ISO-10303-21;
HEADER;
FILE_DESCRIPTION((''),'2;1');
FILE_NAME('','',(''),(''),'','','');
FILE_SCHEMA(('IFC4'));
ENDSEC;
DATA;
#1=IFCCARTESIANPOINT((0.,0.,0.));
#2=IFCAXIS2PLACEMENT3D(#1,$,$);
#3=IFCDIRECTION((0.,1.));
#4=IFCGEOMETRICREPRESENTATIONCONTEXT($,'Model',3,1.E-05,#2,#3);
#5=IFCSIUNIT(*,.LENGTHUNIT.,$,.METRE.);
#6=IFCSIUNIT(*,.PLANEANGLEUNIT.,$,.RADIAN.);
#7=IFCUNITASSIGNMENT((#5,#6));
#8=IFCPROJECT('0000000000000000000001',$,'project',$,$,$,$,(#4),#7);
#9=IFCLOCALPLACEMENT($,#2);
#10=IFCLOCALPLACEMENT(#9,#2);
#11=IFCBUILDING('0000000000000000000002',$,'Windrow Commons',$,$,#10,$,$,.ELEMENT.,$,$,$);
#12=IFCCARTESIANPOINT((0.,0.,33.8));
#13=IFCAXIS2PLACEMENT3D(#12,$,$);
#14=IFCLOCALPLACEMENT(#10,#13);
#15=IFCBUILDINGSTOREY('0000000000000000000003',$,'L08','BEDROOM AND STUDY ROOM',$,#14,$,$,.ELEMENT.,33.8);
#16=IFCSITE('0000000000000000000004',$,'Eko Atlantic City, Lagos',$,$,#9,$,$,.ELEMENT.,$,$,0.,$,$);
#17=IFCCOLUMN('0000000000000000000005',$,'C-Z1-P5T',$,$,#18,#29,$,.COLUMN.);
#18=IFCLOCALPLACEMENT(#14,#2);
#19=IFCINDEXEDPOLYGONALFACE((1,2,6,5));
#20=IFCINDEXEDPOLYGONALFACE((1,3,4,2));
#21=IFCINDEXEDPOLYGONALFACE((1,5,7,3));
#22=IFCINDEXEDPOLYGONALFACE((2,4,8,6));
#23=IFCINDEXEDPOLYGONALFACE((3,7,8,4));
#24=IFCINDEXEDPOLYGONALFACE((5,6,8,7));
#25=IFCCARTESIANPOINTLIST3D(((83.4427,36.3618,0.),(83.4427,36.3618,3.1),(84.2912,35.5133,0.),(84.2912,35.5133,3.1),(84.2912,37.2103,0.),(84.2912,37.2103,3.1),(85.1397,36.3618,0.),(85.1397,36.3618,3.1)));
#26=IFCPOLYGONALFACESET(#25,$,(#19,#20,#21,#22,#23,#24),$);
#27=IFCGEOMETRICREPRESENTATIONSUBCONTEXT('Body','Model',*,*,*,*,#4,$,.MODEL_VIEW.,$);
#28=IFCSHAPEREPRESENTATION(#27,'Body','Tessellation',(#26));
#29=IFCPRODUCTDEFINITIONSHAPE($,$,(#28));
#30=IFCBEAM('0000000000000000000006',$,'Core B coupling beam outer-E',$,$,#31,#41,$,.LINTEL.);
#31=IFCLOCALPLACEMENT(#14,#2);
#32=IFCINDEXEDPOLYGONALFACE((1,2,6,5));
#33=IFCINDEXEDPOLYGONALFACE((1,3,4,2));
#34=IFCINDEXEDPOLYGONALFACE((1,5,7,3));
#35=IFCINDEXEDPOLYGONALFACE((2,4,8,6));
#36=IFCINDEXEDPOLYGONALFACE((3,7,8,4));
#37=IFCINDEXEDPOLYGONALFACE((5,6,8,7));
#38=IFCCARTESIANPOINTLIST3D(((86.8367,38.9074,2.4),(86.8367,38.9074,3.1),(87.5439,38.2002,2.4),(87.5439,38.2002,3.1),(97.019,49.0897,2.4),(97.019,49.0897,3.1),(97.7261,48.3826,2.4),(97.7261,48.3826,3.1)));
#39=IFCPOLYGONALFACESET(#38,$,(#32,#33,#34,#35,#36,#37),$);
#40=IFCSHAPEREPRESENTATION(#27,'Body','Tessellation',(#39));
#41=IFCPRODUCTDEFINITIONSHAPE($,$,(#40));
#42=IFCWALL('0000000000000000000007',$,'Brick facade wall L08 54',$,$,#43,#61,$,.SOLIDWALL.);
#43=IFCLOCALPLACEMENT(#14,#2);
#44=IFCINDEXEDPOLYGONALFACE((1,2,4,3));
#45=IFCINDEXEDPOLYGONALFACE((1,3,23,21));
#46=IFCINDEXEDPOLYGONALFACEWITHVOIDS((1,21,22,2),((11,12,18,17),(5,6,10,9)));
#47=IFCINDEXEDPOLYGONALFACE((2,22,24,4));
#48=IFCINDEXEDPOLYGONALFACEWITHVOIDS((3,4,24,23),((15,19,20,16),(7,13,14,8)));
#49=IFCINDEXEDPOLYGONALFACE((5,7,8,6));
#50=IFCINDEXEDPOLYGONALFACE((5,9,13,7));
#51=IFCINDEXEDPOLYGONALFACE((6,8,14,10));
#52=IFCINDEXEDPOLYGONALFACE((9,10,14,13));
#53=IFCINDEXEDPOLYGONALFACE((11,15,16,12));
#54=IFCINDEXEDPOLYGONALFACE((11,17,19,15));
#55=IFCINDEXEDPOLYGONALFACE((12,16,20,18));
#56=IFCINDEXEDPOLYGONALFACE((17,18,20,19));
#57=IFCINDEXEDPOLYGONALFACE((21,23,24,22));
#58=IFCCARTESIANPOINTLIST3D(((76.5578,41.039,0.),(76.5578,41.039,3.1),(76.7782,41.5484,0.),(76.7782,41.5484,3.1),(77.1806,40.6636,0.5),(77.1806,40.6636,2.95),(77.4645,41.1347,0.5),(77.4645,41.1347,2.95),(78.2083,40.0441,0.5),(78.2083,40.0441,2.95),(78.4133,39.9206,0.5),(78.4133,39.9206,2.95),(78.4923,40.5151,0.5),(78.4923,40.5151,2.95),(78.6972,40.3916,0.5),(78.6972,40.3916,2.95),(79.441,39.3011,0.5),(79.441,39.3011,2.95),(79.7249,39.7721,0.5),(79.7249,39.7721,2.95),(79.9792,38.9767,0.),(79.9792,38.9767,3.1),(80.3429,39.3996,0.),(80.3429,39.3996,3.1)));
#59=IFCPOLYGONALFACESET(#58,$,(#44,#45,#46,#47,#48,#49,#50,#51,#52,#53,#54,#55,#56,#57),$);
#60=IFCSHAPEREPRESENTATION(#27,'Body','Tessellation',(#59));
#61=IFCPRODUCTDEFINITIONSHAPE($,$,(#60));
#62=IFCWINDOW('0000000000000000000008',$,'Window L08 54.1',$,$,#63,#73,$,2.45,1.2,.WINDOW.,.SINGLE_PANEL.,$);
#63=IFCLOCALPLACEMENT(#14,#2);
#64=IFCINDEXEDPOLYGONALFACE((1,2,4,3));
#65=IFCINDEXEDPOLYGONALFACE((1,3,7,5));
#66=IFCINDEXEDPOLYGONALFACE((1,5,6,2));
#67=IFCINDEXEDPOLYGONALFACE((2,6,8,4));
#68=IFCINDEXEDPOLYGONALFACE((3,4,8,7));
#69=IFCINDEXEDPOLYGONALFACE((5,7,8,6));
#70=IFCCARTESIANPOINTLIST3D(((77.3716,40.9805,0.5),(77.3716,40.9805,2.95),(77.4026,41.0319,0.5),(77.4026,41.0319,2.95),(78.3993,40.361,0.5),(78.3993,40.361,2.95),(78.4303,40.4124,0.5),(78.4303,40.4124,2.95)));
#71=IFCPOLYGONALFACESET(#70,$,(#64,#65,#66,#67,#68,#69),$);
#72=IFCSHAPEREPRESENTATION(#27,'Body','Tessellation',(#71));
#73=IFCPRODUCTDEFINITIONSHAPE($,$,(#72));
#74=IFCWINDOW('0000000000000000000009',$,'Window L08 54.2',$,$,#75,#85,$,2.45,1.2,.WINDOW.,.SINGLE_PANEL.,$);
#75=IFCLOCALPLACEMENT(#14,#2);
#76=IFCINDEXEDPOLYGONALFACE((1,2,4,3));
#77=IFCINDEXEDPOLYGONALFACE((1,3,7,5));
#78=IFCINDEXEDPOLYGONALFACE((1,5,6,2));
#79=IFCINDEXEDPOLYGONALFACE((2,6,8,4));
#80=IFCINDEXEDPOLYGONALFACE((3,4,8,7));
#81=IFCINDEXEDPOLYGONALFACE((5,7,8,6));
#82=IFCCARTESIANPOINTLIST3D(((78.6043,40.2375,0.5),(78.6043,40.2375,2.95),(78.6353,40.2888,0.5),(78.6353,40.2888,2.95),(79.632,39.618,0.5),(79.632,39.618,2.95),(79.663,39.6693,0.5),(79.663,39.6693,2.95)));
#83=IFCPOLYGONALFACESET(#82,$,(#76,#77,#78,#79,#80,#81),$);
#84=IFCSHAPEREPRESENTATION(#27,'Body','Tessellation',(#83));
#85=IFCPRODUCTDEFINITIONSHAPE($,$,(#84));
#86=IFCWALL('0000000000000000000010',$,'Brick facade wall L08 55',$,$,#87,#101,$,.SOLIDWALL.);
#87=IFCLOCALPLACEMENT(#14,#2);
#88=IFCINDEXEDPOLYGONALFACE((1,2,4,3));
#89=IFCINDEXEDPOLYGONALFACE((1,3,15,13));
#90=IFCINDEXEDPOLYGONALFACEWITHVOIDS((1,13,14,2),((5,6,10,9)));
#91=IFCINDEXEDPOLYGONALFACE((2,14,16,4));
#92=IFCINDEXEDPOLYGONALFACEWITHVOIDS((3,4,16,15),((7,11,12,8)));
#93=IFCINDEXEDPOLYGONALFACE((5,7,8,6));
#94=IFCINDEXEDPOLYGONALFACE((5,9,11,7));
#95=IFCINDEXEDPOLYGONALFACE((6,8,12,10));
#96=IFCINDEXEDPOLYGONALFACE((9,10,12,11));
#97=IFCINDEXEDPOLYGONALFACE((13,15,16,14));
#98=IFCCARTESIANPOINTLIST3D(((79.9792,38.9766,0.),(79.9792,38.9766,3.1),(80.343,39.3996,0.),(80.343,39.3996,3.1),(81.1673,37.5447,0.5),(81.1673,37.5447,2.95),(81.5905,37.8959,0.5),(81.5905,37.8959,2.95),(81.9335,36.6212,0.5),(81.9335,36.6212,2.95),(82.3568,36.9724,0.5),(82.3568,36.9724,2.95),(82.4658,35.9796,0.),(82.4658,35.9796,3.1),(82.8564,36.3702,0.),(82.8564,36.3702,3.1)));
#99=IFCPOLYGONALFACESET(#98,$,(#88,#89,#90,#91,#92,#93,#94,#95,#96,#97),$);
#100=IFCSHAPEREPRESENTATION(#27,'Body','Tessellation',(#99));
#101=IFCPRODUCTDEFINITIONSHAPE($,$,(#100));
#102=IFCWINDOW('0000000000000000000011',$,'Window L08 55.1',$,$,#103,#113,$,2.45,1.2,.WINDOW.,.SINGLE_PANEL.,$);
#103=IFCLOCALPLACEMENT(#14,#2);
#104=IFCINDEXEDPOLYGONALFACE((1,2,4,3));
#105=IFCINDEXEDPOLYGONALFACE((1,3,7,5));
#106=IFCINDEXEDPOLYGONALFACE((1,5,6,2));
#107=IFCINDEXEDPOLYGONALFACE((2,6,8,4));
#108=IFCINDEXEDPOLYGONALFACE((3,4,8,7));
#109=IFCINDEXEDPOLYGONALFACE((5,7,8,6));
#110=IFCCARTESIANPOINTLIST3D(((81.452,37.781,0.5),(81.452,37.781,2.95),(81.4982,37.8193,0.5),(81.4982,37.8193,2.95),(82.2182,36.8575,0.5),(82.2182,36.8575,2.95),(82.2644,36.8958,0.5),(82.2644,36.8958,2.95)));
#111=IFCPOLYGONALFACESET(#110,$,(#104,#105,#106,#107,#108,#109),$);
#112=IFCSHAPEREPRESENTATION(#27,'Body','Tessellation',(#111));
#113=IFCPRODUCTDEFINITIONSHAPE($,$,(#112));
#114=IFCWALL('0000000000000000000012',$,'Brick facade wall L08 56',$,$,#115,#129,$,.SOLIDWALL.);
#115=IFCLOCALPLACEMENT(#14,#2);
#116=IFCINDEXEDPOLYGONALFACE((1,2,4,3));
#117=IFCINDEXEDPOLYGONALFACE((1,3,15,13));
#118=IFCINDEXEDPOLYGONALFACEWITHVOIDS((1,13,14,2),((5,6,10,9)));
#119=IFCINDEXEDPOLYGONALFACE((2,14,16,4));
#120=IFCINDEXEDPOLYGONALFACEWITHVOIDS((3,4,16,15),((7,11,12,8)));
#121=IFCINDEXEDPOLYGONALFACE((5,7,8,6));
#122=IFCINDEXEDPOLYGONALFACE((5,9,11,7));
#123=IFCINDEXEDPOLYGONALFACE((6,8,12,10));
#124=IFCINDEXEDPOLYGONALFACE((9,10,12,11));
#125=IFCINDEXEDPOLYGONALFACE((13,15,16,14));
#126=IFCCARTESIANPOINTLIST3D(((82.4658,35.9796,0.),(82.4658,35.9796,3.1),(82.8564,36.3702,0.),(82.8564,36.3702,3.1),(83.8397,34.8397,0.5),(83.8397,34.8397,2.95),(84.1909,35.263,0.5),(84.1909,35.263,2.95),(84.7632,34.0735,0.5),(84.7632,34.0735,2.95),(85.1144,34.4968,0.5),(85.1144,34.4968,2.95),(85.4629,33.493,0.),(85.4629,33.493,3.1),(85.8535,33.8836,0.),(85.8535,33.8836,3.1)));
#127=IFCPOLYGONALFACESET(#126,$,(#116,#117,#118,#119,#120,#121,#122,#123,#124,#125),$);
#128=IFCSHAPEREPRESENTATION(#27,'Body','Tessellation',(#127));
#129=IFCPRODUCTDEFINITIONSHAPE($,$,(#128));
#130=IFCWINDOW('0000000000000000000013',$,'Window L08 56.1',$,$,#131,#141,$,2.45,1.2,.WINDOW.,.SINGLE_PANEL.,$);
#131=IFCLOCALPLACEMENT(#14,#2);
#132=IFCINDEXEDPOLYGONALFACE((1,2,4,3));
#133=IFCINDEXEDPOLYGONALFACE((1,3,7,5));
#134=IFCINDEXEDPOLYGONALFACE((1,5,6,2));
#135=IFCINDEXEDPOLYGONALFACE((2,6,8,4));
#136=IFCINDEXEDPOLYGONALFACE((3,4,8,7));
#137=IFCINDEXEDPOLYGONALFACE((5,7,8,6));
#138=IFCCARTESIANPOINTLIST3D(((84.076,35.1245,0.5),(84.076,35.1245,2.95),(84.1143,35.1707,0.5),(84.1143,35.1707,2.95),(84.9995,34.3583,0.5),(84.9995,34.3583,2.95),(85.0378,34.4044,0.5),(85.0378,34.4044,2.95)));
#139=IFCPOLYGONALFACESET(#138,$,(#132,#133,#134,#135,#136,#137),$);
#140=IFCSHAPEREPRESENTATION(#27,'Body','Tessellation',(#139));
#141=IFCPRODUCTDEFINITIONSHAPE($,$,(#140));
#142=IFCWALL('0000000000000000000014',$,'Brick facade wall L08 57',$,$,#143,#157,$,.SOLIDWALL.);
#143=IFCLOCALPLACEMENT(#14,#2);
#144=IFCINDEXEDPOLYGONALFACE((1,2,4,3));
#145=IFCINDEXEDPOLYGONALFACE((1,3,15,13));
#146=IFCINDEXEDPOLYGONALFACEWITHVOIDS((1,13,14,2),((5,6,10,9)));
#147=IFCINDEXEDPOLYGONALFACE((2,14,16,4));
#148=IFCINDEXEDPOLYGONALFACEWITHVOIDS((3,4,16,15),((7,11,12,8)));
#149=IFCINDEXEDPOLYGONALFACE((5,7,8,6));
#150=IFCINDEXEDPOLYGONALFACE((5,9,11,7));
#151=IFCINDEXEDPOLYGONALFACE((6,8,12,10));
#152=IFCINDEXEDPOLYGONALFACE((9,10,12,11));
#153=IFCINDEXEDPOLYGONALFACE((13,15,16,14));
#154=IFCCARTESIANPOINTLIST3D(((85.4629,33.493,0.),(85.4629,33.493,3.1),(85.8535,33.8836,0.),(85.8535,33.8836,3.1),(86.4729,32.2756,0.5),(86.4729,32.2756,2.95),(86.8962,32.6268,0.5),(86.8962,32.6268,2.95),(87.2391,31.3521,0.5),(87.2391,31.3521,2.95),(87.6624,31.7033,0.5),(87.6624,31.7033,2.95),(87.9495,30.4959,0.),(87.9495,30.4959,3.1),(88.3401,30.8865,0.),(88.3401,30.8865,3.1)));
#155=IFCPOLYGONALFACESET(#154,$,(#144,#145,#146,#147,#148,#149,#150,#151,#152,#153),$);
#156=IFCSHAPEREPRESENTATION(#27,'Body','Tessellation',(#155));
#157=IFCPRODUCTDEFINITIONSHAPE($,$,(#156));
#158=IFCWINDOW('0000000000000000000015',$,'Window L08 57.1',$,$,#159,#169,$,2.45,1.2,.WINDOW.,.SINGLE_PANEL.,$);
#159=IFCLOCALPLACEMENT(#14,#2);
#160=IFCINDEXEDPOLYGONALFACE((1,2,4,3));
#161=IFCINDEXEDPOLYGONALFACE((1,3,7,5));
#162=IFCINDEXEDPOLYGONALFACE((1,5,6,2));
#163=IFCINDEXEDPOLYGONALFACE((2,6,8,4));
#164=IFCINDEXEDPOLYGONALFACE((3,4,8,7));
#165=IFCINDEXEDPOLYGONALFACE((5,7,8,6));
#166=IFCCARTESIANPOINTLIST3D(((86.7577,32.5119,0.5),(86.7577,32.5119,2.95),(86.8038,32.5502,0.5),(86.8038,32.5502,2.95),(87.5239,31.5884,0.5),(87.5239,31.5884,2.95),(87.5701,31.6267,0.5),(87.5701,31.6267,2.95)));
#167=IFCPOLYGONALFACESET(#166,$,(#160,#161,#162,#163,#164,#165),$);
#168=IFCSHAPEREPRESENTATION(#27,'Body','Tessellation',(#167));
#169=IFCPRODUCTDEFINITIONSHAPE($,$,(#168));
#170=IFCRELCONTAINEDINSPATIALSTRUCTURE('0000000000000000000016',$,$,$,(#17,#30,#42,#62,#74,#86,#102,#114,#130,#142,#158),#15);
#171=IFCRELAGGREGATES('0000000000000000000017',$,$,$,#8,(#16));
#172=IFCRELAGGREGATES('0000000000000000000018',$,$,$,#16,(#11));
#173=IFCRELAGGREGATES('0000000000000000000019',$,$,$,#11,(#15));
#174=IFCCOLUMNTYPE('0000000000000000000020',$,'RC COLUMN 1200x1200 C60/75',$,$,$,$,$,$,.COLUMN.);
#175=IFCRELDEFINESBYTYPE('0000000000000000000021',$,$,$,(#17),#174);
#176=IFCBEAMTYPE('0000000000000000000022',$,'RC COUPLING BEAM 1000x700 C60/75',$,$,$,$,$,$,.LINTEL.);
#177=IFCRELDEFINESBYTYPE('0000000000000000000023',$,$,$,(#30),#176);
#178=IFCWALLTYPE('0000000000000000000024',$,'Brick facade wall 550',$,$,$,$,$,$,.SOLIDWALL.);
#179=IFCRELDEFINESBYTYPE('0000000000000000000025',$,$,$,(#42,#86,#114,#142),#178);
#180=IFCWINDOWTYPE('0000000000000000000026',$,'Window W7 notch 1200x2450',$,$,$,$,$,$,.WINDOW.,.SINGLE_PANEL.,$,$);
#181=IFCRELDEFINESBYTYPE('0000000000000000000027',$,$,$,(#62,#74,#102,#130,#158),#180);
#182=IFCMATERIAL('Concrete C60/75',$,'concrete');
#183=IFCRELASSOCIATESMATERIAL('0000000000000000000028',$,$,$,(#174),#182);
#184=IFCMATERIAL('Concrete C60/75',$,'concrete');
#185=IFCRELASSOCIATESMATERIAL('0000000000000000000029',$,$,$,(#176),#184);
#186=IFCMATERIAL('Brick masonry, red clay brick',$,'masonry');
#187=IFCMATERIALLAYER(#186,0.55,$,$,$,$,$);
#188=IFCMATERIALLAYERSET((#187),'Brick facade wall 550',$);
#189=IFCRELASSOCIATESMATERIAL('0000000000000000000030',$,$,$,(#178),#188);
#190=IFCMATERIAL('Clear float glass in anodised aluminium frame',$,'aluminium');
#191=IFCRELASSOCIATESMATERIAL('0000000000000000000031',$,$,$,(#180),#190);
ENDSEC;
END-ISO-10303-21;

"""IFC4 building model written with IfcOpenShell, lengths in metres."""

from ifc_helpers import new_model, si_unit, direction, frame, frame_2d, origin, origin_2d, place, context, subcontext, project, spatial, polyline, rectangle, outline, extrude, material, layer, layer_set, material_profile, profile_set, type_object, element, fill, save


model = new_model("IFC4")

# Units and contexts
model_context = context("Model", 3, precision=1e-05, world=origin(), true_north=direction((0.0, 1.0)))
body_context = subcontext(model_context, "Body", "Model", "MODEL_VIEW")
ifc_project = project(units=[si_unit("LENGTHUNIT", "METRE"), si_unit("PLANEANGLEUNIT", "RADIAN")], contexts=[model_context])

# Site, building, storey
site_placement = place(None, origin())
site = spatial("IfcSite", under=ifc_project, at=site_placement, Name="Eko Atlantic City, Lagos", CompositionType="ELEMENT", RefElevation=0.0)
building_placement = place(site_placement, origin())
building = spatial("IfcBuilding", under=site, at=building_placement, Name="Windrow Commons", CompositionType="ELEMENT")
storey_placement = place(building_placement, frame((0.0, 0.0, 33.8)))
storey = spatial("IfcBuildingStorey", under=building, at=storey_placement, Name="L08", Description="BEDROOM AND STUDY ROOM", CompositionType="ELEMENT", Elevation=33.8)

# Column
ifc_material_1 = material(Name="Concrete C60/75", Category="concrete")
ifc_material_profile_1 = material_profile(ifc_material_1, rectangle(XDim=1.2, YDim=1.2, at=origin_2d()))
ifc_profile_set_1 = profile_set([ifc_material_profile_1], Name="Concrete C60/75")
column_type = type_object("IfcColumnType", Name="RC COLUMN 1200x1200 C60/75", PredefinedType="COLUMN", material=ifc_profile_set_1)
column_placement = place(storey_placement, frame((84.2912, 36.3618, 0.0), z_axis=(0.0, 0.0, 1.0), x_axis=(0.707107, -0.707107, 0.0)))
element("IfcColumn", 1, at=column_placement, inside=storey, type_object=column_type, Name="C-Z1-P5T", PredefinedType="COLUMN", context=body_context, shape_type="SweptSolid", body=[
    extrude(rectangle(XDim=1.2, YDim=1.2, at=origin_2d()), origin(), (0.0, 0.0, 1.0), 3.1),
])

# Beam
ifc_material_2 = material(Name="Concrete C60/75", Category="concrete")
ifc_material_profile_2 = material_profile(ifc_material_2, rectangle(XDim=1.0, YDim=0.7, at=origin_2d()))
ifc_profile_set_2 = profile_set([ifc_material_profile_2], Name="Concrete C60/75")
beam_type = type_object("IfcBeamType", Name="RC COUPLING BEAM 1000x700 C60/75", PredefinedType="LINTEL", material=ifc_profile_set_2)
beam_placement = place(storey_placement, frame((87.1903, 38.5538, 2.75), z_axis=(0.707103, 0.70711, 0.0), x_axis=(-0.70711, 0.707103, 0.0)))
element("IfcBeam", 2, at=beam_placement, inside=storey, type_object=beam_type, Name="Core B coupling beam outer-E", PredefinedType="LINTEL", context=body_context, shape_type="SweptSolid", body=[
    extrude(rectangle(XDim=1.0, YDim=0.7, at=origin_2d()), origin(), (0.0, 0.0, 1.0), 14.4),
])

# Wall, openings, windows
ifc_material_3 = material(Name="Brick masonry, red clay brick", Category="masonry")
ifc_layer_1 = layer(ifc_material_3, 0.55)
ifc_layer_set_1 = layer_set([ifc_layer_1], Name="Brick facade wall 550")
wall_type_1 = type_object("IfcWallType", Name="Brick facade wall 550", PredefinedType="SOLIDWALL", material=ifc_layer_set_1)
wall_1_placement = place(storey_placement, frame((76.668, 41.2937, 0.0), z_axis=(0.0, 0.0, 1.0), x_axis=(0.856438, -0.516251, 0.0)))
wall_1 = element("IfcWall", 3, at=wall_1_placement, inside=storey, type_object=wall_type_1, Name="Brick facade wall L08 54", PredefinedType="SOLIDWALL", context=body_context, shape_type="SweptSolid", body=[
    extrude(outline(polyline([(0.0371, -0.275), (4.032, -0.275), (4.1252, 0.275), (-0.0371, 0.275), (0.0371, -0.275)])), origin(), (0.0, 0.0, 1.0), 3.1),
])
opening_1_placement = place(wall_1_placement, frame((0.7643, 0.0, 0.5)))
opening_1 = element("IfcOpeningElement", 4, at=opening_1_placement, cuts=wall_1, PredefinedType="OPENING", context=body_context, shape_type="SweptSolid", body=[
    extrude(rectangle(XDim=1.2, YDim=2.45, at=frame_2d((0.6, 1.225))), frame((0.0, 0.285, 0.0), z_axis=(0.0, -1.0, 0.0), x_axis=(1.0, 0.0, 0.0)), (0.0, 0.0, 1.0), 0.57),
])
opening_2_placement = place(wall_1_placement, frame((2.2036, 0.0, 0.5)))
opening_2 = element("IfcOpeningElement", 5, at=opening_2_placement, cuts=wall_1, PredefinedType="OPENING", context=body_context, shape_type="SweptSolid", body=[
    extrude(rectangle(XDim=1.2, YDim=2.45, at=frame_2d((0.6, 1.225))), frame((0.0, 0.285, 0.0), z_axis=(0.0, -1.0, 0.0), x_axis=(1.0, 0.0, 0.0)), (0.0, 0.0, 1.0), 0.57),
])
ifc_material_4 = material(Name="Clear float glass in anodised aluminium frame", Category="aluminium")
window_type = type_object("IfcWindowType", Name="Window W7 notch 1200x2450", PartitioningType="SINGLE_PANEL", PredefinedType="WINDOW", material=ifc_material_4)
window_1_placement = place(opening_1_placement, origin())
window_1 = element("IfcWindow", 6, at=window_1_placement, inside=storey, type_object=window_type, Name="Window L08 54.1", OverallHeight=2.45, OverallWidth=1.2, PartitioningType="SINGLE_PANEL", PredefinedType="WINDOW", context=body_context, shape_type="SweptSolid", body=[
    extrude(rectangle(XDim=1.2, YDim=2.45, at=frame_2d((0.6, 1.225))), frame((0.0, 0.155, 0.0), z_axis=(0.0, -1.0, 0.0), x_axis=(1.0, 0.0, 0.0)), (0.0, 0.0, 1.0), 0.06),
])
fill(opening_1, window_1)
window_2_placement = place(opening_2_placement, origin())
window_2 = element("IfcWindow", 7, at=window_2_placement, inside=storey, type_object=window_type, Name="Window L08 54.2", OverallHeight=2.45, OverallWidth=1.2, PartitioningType="SINGLE_PANEL", PredefinedType="WINDOW", context=body_context, shape_type="SweptSolid", body=[
    extrude(rectangle(XDim=1.2, YDim=2.45, at=frame_2d((0.6, 1.225))), frame((0.0, 0.155, 0.0), z_axis=(0.0, -1.0, 0.0), x_axis=(1.0, 0.0, 0.0)), (0.0, 0.0, 1.0), 0.06),
])
fill(opening_2, window_2)

# Walls, openings, windows
wall_2_placement = place(storey_placement, frame((80.1611, 39.1881, 0.0), z_axis=(0.0, 0.0, 1.0), x_axis=(0.638525, -0.769601, 0.0)))
wall_2 = element("IfcWall", 8, at=wall_2_placement, inside=storey, type_object=wall_type_1, Name="Brick facade wall L08 55", PredefinedType="SOLIDWALL", context=body_context, shape_type="SweptSolid", body=[
    extrude(outline(polyline([(0.0466, -0.275), (3.9409, -0.275), (3.8897, 0.275), (-0.0466, 0.275), (0.0466, -0.275)])), origin(), (0.0, 0.0, 1.0), 3.1),
])
opening_3_placement = place(wall_2_placement, frame((1.9072, 0.0, 0.5)))
opening_3 = element("IfcOpeningElement", 9, at=opening_3_placement, cuts=wall_2, PredefinedType="OPENING", context=body_context, shape_type="SweptSolid", body=[
    extrude(rectangle(XDim=1.2, YDim=2.45, at=frame_2d((0.6, 1.225))), frame((0.0, 0.285, 0.0), z_axis=(0.0, -1.0, 0.0), x_axis=(1.0, 0.0, 0.0)), (0.0, 0.0, 1.0), 0.57),
])
window_3_placement = place(opening_3_placement, origin())
window_3 = element("IfcWindow", 10, at=window_3_placement, inside=storey, type_object=window_type, Name="Window L08 55.1", OverallHeight=2.45, OverallWidth=1.2, PartitioningType="SINGLE_PANEL", PredefinedType="WINDOW", context=body_context, shape_type="SweptSolid", body=[
    extrude(rectangle(XDim=1.2, YDim=2.45, at=frame_2d((0.6, 1.225))), frame((0.0, 0.155, 0.0), z_axis=(0.0, -1.0, 0.0), x_axis=(1.0, 0.0, 0.0)), (0.0, 0.0, 1.0), 0.06),
])
fill(opening_3, window_3)
wall_3_placement = place(storey_placement, frame((82.6611, 36.1749, 0.0), z_axis=(0.0, 0.0, 1.0), x_axis=(0.769607, -0.638518, 0.0)))
wall_3 = element("IfcWall", 11, at=wall_3_placement, inside=storey, type_object=wall_type_1, Name="Brick facade wall L08 56", PredefinedType="SOLIDWALL", context=body_context, shape_type="SweptSolid", body=[
    extrude(outline(polyline([(-0.0256, -0.275), (3.8687, -0.275), (3.9199, 0.275), (0.0256, 0.275), (-0.0256, -0.275)])), origin(), (0.0, 0.0, 1.0), 3.1),
])
opening_4_placement = place(wall_3_placement, frame((1.7596, 0.0, 0.5)))
opening_4 = element("IfcOpeningElement", 12, at=opening_4_placement, cuts=wall_3, PredefinedType="OPENING", context=body_context, shape_type="SweptSolid", body=[
    extrude(rectangle(XDim=1.2, YDim=2.45, at=frame_2d((0.6, 1.225))), frame((0.0, 0.285, 0.0), z_axis=(0.0, -1.0, 0.0), x_axis=(1.0, 0.0, 0.0)), (0.0, 0.0, 1.0), 0.57),
])
window_4_placement = place(opening_4_placement, origin())
window_4 = element("IfcWindow", 13, at=window_4_placement, inside=storey, type_object=window_type, Name="Window L08 56.1", OverallHeight=2.45, OverallWidth=1.2, PartitioningType="SINGLE_PANEL", PredefinedType="WINDOW", context=body_context, shape_type="SweptSolid", body=[
    extrude(rectangle(XDim=1.2, YDim=2.45, at=frame_2d((0.6, 1.225))), frame((0.0, 0.155, 0.0), z_axis=(0.0, -1.0, 0.0), x_axis=(1.0, 0.0, 0.0)), (0.0, 0.0, 1.0), 0.06),
])
fill(opening_4, window_4)
wall_4_placement = place(storey_placement, frame((85.6582, 33.6883, 0.0), z_axis=(0.0, 0.0, 1.0), x_axis=(0.638518, -0.769607, 0.0)))
wall_4 = element("IfcWall", 14, at=wall_4_placement, inside=storey, type_object=wall_type_1, Name="Brick facade wall L08 57", PredefinedType="SOLIDWALL", context=body_context, shape_type="SweptSolid", body=[
    extrude(outline(polyline([(0.0256, -0.275), (3.9199, -0.275), (3.8687, 0.275), (-0.0256, 0.275), (0.0256, -0.275)])), origin(), (0.0, 0.0, 1.0), 3.1),
])
opening_5_placement = place(wall_4_placement, frame((1.6074, 0.0, 0.5)))
opening_5 = element("IfcOpeningElement", 15, at=opening_5_placement, cuts=wall_4, PredefinedType="OPENING", context=body_context, shape_type="SweptSolid", body=[
    extrude(rectangle(XDim=1.2, YDim=2.45, at=frame_2d((0.6, 1.225))), frame((0.0, 0.285, 0.0), z_axis=(0.0, -1.0, 0.0), x_axis=(1.0, 0.0, 0.0)), (0.0, 0.0, 1.0), 0.57),
])
window_5_placement = place(opening_5_placement, origin())
window_5 = element("IfcWindow", 16, at=window_5_placement, inside=storey, type_object=window_type, Name="Window L08 57.1", OverallHeight=2.45, OverallWidth=1.2, PartitioningType="SINGLE_PANEL", PredefinedType="WINDOW", context=body_context, shape_type="SweptSolid", body=[
    extrude(rectangle(XDim=1.2, YDim=2.45, at=frame_2d((0.6, 1.225))), frame((0.0, 0.155, 0.0), z_axis=(0.0, -1.0, 0.0), x_axis=(1.0, 0.0, 0.0)), (0.0, 0.0, 1.0), 0.06),
])
fill(opening_5, window_5)

save(model, "model.ifc")
